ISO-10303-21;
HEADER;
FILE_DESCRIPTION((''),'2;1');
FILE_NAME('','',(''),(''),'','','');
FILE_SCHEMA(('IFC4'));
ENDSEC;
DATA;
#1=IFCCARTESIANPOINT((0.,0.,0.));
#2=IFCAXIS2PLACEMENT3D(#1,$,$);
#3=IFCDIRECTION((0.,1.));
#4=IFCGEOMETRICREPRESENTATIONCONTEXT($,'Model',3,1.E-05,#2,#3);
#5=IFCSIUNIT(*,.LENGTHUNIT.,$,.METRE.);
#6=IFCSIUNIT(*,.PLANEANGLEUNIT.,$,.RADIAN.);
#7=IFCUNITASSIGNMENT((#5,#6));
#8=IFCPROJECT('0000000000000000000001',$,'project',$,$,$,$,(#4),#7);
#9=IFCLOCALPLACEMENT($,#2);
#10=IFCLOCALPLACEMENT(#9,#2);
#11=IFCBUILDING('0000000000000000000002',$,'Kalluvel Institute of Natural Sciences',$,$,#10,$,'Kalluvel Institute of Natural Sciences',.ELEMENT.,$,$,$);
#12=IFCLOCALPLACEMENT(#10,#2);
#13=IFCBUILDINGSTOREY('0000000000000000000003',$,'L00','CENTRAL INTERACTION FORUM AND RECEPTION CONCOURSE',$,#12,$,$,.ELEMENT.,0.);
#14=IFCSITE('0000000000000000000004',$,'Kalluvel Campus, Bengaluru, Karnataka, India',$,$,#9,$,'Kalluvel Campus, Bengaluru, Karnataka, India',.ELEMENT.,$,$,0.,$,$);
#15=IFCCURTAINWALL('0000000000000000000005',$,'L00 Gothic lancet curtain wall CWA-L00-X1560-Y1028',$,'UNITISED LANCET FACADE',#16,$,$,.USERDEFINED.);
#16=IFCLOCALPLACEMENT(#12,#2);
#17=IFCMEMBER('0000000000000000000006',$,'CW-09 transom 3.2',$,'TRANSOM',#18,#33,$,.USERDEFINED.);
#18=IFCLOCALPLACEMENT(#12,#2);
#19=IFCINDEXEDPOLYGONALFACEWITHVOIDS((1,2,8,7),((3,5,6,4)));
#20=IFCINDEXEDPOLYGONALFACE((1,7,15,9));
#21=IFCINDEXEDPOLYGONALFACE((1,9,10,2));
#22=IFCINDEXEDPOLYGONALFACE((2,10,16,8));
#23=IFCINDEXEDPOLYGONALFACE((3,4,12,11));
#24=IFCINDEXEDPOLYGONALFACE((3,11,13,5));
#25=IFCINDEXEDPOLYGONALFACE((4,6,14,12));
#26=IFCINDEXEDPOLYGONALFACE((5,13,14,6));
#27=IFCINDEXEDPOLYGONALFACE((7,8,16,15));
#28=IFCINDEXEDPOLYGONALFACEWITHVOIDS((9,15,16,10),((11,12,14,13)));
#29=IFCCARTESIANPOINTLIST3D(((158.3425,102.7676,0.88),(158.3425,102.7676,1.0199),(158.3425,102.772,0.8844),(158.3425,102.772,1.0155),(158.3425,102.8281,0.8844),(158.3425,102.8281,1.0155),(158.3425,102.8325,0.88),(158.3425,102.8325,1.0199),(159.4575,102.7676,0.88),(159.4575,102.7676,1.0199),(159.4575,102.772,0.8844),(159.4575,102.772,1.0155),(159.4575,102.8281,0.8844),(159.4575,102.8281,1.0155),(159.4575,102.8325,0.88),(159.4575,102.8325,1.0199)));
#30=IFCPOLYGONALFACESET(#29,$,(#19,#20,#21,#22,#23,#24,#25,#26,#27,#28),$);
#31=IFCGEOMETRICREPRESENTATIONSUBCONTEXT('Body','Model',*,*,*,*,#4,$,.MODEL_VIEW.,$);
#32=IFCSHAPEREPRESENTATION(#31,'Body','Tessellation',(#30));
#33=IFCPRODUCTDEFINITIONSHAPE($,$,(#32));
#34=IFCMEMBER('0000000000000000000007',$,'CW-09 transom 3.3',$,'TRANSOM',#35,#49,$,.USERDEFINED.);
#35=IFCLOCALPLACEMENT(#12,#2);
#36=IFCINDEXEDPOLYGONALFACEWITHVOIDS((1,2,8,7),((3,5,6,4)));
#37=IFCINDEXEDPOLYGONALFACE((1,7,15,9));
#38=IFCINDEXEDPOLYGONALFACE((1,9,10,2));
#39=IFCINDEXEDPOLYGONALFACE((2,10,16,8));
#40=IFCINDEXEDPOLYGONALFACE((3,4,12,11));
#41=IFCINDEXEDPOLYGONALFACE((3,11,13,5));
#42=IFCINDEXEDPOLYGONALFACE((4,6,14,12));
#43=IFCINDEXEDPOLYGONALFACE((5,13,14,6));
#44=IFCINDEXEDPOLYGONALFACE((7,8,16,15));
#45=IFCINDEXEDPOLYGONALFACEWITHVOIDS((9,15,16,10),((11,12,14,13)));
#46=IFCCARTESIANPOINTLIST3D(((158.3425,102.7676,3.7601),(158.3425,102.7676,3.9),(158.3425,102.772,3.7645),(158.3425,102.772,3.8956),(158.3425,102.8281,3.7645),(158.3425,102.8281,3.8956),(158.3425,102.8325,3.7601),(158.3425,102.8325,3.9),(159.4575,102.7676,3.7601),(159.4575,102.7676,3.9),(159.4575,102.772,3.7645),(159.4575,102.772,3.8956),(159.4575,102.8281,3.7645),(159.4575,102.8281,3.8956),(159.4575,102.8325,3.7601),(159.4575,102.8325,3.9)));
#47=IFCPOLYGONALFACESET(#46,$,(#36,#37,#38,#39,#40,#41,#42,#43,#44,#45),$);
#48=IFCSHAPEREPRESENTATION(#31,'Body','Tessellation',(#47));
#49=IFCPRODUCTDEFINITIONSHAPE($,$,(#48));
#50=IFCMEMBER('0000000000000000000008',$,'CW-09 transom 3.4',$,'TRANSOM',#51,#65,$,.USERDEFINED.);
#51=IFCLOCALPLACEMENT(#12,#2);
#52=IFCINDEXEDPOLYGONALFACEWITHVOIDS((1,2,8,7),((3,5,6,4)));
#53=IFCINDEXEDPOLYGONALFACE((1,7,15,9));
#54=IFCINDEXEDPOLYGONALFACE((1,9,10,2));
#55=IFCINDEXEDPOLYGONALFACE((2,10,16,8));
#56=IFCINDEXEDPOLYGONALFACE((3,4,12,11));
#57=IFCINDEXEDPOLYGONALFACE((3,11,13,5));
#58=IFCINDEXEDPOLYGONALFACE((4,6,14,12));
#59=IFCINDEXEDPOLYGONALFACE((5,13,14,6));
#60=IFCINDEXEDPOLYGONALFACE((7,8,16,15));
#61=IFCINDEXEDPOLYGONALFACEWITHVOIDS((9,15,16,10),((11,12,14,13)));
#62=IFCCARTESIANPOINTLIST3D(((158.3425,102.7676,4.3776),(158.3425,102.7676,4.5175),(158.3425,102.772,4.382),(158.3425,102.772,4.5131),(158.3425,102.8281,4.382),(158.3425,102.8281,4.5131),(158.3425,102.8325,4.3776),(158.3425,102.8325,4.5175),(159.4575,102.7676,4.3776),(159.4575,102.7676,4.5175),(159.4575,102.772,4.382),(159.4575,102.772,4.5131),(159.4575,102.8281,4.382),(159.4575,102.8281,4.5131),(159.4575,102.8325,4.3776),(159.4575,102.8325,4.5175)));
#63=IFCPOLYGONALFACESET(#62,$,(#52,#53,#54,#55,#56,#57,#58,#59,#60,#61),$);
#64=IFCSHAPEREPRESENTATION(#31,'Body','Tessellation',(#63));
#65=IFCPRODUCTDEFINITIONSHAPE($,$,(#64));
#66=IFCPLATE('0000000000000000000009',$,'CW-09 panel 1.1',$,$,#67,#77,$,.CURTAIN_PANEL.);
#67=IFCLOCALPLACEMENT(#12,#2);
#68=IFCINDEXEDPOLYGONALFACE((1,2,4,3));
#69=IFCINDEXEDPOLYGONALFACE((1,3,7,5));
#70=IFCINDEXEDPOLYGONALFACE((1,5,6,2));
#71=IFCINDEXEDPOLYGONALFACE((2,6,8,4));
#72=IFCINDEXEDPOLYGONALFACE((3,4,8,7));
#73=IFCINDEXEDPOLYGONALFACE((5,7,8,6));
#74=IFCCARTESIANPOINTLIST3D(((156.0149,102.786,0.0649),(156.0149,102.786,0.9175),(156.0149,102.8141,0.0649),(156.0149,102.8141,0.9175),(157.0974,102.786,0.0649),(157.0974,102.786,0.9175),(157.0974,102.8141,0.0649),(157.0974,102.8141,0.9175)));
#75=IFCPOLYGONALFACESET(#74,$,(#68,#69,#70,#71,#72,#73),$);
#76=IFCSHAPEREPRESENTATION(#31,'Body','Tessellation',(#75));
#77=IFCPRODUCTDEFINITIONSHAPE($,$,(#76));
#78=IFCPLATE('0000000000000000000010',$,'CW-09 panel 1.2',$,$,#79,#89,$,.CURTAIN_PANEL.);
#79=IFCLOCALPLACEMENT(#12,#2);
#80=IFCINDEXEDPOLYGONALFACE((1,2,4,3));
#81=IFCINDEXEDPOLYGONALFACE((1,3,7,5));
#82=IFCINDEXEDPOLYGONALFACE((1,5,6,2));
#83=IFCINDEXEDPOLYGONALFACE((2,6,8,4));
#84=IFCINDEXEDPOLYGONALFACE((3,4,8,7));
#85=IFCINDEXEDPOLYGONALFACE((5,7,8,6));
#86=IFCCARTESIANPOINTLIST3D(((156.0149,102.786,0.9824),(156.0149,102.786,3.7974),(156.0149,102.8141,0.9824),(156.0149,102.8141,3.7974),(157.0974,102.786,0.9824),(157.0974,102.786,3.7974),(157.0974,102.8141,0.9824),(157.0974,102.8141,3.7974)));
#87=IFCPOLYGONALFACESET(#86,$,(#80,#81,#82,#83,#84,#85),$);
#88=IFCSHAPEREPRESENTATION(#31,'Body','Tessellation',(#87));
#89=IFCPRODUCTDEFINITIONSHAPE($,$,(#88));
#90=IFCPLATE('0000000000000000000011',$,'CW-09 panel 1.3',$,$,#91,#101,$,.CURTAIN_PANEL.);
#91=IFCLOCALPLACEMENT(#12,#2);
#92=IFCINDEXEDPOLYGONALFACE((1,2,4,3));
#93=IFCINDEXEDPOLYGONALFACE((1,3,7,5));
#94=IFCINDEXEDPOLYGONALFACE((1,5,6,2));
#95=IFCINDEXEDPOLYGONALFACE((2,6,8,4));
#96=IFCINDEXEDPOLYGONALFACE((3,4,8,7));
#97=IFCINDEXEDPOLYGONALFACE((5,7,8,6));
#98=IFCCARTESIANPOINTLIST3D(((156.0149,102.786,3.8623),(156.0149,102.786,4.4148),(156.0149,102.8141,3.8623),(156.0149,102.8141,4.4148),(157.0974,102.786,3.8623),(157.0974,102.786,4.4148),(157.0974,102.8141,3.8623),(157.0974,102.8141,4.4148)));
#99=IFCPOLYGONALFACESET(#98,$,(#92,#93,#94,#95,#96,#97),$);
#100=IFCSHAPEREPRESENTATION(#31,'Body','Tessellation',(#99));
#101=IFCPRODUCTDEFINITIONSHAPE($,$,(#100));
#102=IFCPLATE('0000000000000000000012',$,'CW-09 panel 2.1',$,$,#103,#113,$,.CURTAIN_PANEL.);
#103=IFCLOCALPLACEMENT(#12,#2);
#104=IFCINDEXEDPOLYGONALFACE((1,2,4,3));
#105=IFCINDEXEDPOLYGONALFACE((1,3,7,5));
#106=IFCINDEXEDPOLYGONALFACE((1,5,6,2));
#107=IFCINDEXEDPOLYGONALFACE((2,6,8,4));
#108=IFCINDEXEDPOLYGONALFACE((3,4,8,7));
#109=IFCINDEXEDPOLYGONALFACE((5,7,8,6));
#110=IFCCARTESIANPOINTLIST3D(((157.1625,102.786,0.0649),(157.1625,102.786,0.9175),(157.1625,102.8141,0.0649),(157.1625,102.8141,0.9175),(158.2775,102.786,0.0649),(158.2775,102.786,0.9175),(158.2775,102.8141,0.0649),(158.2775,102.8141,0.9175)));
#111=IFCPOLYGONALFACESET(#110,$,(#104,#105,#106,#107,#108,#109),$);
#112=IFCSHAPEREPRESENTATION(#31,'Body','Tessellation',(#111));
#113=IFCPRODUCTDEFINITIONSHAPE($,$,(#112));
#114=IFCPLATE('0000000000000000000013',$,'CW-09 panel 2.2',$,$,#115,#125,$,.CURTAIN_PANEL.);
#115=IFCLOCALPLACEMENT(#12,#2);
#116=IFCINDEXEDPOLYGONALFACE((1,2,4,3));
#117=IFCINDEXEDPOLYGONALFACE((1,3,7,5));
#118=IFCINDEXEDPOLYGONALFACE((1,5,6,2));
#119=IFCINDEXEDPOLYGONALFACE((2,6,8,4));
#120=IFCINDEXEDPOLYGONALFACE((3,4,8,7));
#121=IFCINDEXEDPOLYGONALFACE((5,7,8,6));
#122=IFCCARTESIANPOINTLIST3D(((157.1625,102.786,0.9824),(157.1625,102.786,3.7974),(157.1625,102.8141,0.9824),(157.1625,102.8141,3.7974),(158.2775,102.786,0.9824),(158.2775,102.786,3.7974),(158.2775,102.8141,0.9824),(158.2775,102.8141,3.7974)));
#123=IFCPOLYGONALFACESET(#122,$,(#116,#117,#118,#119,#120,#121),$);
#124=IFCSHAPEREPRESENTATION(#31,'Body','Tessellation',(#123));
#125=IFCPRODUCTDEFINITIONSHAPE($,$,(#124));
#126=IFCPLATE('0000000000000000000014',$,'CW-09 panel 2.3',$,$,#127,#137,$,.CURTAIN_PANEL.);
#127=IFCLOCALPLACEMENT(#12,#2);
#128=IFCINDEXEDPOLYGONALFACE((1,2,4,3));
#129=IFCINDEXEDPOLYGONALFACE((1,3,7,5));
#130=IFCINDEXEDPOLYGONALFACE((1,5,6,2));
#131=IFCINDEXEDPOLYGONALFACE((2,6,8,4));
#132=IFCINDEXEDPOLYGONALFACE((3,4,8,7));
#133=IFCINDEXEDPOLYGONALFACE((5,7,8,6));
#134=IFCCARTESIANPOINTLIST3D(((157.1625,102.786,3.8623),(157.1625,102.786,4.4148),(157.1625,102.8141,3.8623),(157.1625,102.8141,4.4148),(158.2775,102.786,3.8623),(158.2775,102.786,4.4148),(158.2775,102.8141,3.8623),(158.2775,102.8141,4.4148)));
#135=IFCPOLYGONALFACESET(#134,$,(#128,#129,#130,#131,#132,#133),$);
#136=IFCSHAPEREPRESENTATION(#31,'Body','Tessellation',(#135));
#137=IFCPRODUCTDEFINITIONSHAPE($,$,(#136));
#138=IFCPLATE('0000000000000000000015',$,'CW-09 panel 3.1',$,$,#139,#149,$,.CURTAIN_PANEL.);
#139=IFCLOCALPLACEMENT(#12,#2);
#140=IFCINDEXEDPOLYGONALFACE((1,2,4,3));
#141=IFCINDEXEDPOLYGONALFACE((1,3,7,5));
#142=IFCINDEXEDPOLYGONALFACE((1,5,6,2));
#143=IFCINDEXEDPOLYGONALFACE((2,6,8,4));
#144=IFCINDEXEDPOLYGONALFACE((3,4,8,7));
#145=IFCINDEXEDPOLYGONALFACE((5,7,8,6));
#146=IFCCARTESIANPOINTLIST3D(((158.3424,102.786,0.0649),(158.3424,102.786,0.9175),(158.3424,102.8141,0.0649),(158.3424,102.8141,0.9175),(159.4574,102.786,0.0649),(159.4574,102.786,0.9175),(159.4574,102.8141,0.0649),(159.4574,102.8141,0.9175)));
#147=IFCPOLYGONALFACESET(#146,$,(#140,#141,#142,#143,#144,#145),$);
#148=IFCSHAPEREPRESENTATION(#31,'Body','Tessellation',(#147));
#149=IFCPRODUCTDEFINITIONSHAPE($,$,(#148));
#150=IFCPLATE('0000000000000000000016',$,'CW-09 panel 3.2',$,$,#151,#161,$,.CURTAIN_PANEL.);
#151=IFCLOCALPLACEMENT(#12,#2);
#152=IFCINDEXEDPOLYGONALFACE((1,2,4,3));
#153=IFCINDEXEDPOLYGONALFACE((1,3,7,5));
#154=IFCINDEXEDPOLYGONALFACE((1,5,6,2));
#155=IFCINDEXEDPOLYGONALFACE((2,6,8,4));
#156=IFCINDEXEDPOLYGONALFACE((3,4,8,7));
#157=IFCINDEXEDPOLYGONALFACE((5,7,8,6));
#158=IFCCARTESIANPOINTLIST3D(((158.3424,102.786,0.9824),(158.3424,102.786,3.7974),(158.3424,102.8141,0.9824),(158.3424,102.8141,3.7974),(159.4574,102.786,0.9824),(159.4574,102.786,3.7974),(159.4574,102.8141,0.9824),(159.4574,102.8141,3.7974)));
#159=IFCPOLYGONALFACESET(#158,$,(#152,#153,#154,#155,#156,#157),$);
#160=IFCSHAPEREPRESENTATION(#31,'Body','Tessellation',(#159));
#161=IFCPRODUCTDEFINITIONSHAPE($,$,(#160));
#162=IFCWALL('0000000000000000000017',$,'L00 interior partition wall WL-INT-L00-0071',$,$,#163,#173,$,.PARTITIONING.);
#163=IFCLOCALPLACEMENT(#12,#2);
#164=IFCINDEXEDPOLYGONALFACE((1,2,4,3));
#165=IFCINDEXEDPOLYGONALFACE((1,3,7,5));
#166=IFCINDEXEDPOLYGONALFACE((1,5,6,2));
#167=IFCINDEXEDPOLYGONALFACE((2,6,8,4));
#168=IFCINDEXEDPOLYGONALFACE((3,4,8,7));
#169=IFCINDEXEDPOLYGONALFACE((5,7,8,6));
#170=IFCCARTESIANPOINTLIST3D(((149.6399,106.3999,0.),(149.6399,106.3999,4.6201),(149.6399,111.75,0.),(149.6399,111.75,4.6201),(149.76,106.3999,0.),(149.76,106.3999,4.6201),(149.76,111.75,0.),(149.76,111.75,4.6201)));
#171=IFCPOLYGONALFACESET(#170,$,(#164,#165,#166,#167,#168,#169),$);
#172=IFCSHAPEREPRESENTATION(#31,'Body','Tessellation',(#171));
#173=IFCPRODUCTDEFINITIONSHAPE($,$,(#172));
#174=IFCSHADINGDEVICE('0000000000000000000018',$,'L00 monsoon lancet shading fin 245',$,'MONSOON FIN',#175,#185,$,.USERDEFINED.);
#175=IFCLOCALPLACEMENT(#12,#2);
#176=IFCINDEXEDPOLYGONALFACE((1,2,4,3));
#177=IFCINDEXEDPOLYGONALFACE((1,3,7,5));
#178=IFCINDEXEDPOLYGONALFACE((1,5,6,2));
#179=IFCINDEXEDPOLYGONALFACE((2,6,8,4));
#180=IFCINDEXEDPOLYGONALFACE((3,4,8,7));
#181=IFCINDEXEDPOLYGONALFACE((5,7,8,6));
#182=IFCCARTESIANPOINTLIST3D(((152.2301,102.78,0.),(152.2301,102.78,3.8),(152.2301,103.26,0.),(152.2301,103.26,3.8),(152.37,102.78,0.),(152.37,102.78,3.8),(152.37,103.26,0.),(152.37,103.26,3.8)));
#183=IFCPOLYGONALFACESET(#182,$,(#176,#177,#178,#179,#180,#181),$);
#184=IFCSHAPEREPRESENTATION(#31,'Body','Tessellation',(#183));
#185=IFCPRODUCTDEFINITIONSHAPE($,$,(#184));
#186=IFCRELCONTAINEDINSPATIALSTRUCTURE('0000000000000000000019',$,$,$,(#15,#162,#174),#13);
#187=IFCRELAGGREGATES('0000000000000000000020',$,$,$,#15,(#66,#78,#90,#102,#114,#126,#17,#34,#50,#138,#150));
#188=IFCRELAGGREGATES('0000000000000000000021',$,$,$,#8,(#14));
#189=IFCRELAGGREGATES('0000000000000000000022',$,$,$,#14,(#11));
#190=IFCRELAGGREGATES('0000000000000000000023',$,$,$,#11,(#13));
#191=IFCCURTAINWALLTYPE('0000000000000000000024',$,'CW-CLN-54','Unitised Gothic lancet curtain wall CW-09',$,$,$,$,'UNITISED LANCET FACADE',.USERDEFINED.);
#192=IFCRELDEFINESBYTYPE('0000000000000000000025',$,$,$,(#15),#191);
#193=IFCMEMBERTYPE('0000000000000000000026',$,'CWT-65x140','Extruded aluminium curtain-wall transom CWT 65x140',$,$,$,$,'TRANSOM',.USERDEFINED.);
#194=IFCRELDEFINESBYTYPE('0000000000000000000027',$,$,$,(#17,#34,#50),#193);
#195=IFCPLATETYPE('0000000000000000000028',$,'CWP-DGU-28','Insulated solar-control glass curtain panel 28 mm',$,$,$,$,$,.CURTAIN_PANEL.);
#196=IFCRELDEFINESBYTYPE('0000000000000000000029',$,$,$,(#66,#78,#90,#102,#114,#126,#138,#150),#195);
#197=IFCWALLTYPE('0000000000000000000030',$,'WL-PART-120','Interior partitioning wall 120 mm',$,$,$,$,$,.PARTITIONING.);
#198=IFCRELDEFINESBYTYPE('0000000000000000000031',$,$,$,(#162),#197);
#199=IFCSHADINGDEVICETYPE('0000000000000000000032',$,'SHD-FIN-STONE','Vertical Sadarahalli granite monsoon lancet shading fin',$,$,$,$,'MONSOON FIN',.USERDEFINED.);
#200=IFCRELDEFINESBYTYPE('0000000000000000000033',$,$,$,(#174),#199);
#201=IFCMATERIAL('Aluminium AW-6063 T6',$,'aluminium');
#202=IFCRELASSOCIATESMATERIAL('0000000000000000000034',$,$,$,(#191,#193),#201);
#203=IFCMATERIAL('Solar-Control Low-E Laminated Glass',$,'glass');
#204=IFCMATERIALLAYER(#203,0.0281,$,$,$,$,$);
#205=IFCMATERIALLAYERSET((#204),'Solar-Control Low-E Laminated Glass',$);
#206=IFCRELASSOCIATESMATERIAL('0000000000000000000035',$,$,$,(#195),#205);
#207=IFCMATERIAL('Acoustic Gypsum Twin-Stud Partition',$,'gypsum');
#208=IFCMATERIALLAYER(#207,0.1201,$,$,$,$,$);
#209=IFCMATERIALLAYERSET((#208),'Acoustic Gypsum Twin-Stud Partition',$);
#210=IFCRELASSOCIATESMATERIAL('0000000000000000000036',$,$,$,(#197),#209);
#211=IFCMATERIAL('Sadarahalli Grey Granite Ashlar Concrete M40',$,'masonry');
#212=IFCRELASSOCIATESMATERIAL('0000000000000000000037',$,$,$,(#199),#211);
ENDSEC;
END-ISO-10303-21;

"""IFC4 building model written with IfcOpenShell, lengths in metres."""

from ifc_helpers import new_model, si_unit, direction, frame, frame_2d, origin, origin_2d, place, context, subcontext, project, spatial, rectangle, hollow_rectangle, extrude, material, layer, layer_set, material_profile, profile_set, type_object, element, aggregate, save


model = new_model("IFC4")

# Units and contexts
model_context = context("Model", 3, precision=1e-05, world=origin(), true_north=direction((0.0, 1.0)))
body_context = subcontext(model_context, "Body", "Model", "MODEL_VIEW")
ifc_project = project(units=[si_unit("LENGTHUNIT", "METRE"), si_unit("PLANEANGLEUNIT", "RADIAN")], contexts=[model_context])

# Site, building, storey
site_placement = place(None, origin())
site = spatial("IfcSite", under=ifc_project, at=site_placement, Name="Kalluvel Campus, Bengaluru, Karnataka, India", LongName="Kalluvel Campus, Bengaluru, Karnataka, India", CompositionType="ELEMENT", RefElevation=0.0)
building_placement = place(site_placement, origin())
building = spatial("IfcBuilding", under=site, at=building_placement, Name="Kalluvel Institute of Natural Sciences", LongName="Kalluvel Institute of Natural Sciences", CompositionType="ELEMENT")
storey_placement = place(building_placement, origin())
storey = spatial("IfcBuildingStorey", under=building, at=storey_placement, Name="L00", Description="CENTRAL INTERACTION FORUM AND RECEPTION CONCOURSE", CompositionType="ELEMENT", Elevation=0.0)

# Curtain wall, members, plates
ifc_material_1 = material(Name="Aluminium AW-6063 T6", Category="aluminium")
curtain_wall_type = type_object("IfcCurtainWallType", Name="CW-CLN-54", Description="Unitised Gothic lancet curtain wall CW-09", ElementType="UNITISED LANCET FACADE", PredefinedType="USERDEFINED", material=ifc_material_1)
curtain_wall_placement = place(storey_placement, origin())
curtain_wall = element("IfcCurtainWall", 1, at=curtain_wall_placement, inside=storey, type_object=curtain_wall_type, Name="L00 Gothic lancet curtain wall CWA-L00-X1560-Y1028", ObjectType="UNITISED LANCET FACADE", PredefinedType="USERDEFINED")
ifc_material_profile_1 = material_profile(ifc_material_1, hollow_rectangle(XDim=0.0649, YDim=0.1399, WallThickness=0.0044, at=origin_2d()), Name="CWT 65x140")
ifc_profile_set_1 = profile_set([ifc_material_profile_1], Name="Aluminium AW-6063 T6")
member_type_1 = type_object("IfcMemberType", Name="CWT-65x140", Description="Extruded aluminium curtain-wall transom CWT 65x140", ElementType="TRANSOM", PredefinedType="USERDEFINED", material=ifc_profile_set_1)
member_1_placement = place(storey_placement, frame((158.3425, 102.8, 0.95), z_axis=(1.0, 0.0, 0.0), x_axis=(0.0, 1.0, 0.0)))
member_1 = element("IfcMember", 2, at=member_1_placement, type_object=member_type_1, Name="CW-09 transom 3.2", ObjectType="TRANSOM", PredefinedType="USERDEFINED", context=body_context, shape_type="SweptSolid", body=[
    extrude(hollow_rectangle(XDim=0.0649, YDim=0.1399, WallThickness=0.0044, at=origin_2d()), origin(), (0.0, 0.0, 1.0), 1.115),
])
member_2_placement = place(storey_placement, frame((158.3425, 102.8, 3.8301), z_axis=(1.0, 0.0, 0.0), x_axis=(0.0, 1.0, 0.0)))
member_2 = element("IfcMember", 3, at=member_2_placement, type_object=member_type_1, Name="CW-09 transom 3.3", ObjectType="TRANSOM", PredefinedType="USERDEFINED", context=body_context, shape_type="SweptSolid", body=[
    extrude(hollow_rectangle(XDim=0.0649, YDim=0.1399, WallThickness=0.0044, at=origin_2d()), origin(), (0.0, 0.0, 1.0), 1.115),
])
member_3_placement = place(storey_placement, frame((158.3425, 102.8, 4.4475), z_axis=(1.0, 0.0, 0.0), x_axis=(0.0, 1.0, 0.0)))
member_3 = element("IfcMember", 4, at=member_3_placement, type_object=member_type_1, Name="CW-09 transom 3.4", ObjectType="TRANSOM", PredefinedType="USERDEFINED", context=body_context, shape_type="SweptSolid", body=[
    extrude(hollow_rectangle(XDim=0.0649, YDim=0.1399, WallThickness=0.0044, at=origin_2d()), origin(), (0.0, 0.0, 1.0), 1.115),
])
ifc_material_2 = material(Name="Solar-Control Low-E Laminated Glass", Category="glass")
ifc_layer_1 = layer(ifc_material_2, 0.0281)
ifc_layer_set_1 = layer_set([ifc_layer_1], Name="Solar-Control Low-E Laminated Glass")
plate_type = type_object("IfcPlateType", Name="CWP-DGU-28", Description="Insulated solar-control glass curtain panel 28 mm", PredefinedType="CURTAIN_PANEL", material=ifc_layer_set_1)
plate_1_placement = place(storey_placement, frame((156.5562, 102.8, 0.0649), z_axis=(0.0, 0.0, 1.0), x_axis=(1.0, 0.0, 0.0)))
plate_1 = element("IfcPlate", 5, at=plate_1_placement, type_object=plate_type, Name="CW-09 panel 1.1", PredefinedType="CURTAIN_PANEL", context=body_context, shape_type="SweptSolid", body=[
    extrude(rectangle(XDim=1.0825, YDim=0.0281, at=origin_2d()), origin(), (0.0, 0.0, 1.0), 0.8525),
])
plate_2_placement = place(storey_placement, frame((156.5562, 102.8, 0.9824), z_axis=(0.0, 0.0, 1.0), x_axis=(1.0, 0.0, 0.0)))
plate_2 = element("IfcPlate", 6, at=plate_2_placement, type_object=plate_type, Name="CW-09 panel 1.2", PredefinedType="CURTAIN_PANEL", context=body_context, shape_type="SweptSolid", body=[
    extrude(rectangle(XDim=1.0825, YDim=0.0281, at=origin_2d()), origin(), (0.0, 0.0, 1.0), 2.8149),
])
plate_3_placement = place(storey_placement, frame((156.5562, 102.8, 3.8623), z_axis=(0.0, 0.0, 1.0), x_axis=(1.0, 0.0, 0.0)))
plate_3 = element("IfcPlate", 7, at=plate_3_placement, type_object=plate_type, Name="CW-09 panel 1.3", PredefinedType="CURTAIN_PANEL", context=body_context, shape_type="SweptSolid", body=[
    extrude(rectangle(XDim=1.0825, YDim=0.0281, at=origin_2d()), origin(), (0.0, 0.0, 1.0), 0.5525),
])
plate_4_placement = place(storey_placement, frame((157.72, 102.8, 0.0649), z_axis=(0.0, 0.0, 1.0), x_axis=(1.0, 0.0, 0.0)))
plate_4 = element("IfcPlate", 8, at=plate_4_placement, type_object=plate_type, Name="CW-09 panel 2.1", PredefinedType="CURTAIN_PANEL", context=body_context, shape_type="SweptSolid", body=[
    extrude(rectangle(XDim=1.115, YDim=0.0281, at=origin_2d()), origin(), (0.0, 0.0, 1.0), 0.8525),
])
plate_5_placement = place(storey_placement, frame((157.72, 102.8, 0.9824), z_axis=(0.0, 0.0, 1.0), x_axis=(1.0, 0.0, 0.0)))
plate_5 = element("IfcPlate", 9, at=plate_5_placement, type_object=plate_type, Name="CW-09 panel 2.2", PredefinedType="CURTAIN_PANEL", context=body_context, shape_type="SweptSolid", body=[
    extrude(rectangle(XDim=1.115, YDim=0.0281, at=origin_2d()), origin(), (0.0, 0.0, 1.0), 2.8149),
])
plate_6_placement = place(storey_placement, frame((157.72, 102.8, 3.8623), z_axis=(0.0, 0.0, 1.0), x_axis=(1.0, 0.0, 0.0)))
plate_6 = element("IfcPlate", 10, at=plate_6_placement, type_object=plate_type, Name="CW-09 panel 2.3", PredefinedType="CURTAIN_PANEL", context=body_context, shape_type="SweptSolid", body=[
    extrude(rectangle(XDim=1.115, YDim=0.0281, at=origin_2d()), origin(), (0.0, 0.0, 1.0), 0.5525),
])
plate_7_placement = place(storey_placement, frame((158.8999, 102.8, 0.0649), z_axis=(0.0, 0.0, 1.0), x_axis=(1.0, 0.0, 0.0)))
plate_7 = element("IfcPlate", 11, at=plate_7_placement, type_object=plate_type, Name="CW-09 panel 3.1", PredefinedType="CURTAIN_PANEL", context=body_context, shape_type="SweptSolid", body=[
    extrude(rectangle(XDim=1.115, YDim=0.0281, at=origin_2d()), origin(), (0.0, 0.0, 1.0), 0.8525),
])
plate_8_placement = place(storey_placement, frame((158.8999, 102.8, 0.9824), z_axis=(0.0, 0.0, 1.0), x_axis=(1.0, 0.0, 0.0)))
plate_8 = element("IfcPlate", 12, at=plate_8_placement, type_object=plate_type, Name="CW-09 panel 3.2", PredefinedType="CURTAIN_PANEL", context=body_context, shape_type="SweptSolid", body=[
    extrude(rectangle(XDim=1.115, YDim=0.0281, at=origin_2d()), origin(), (0.0, 0.0, 1.0), 2.8149),
])
aggregate(curtain_wall, [plate_1, plate_2, plate_3, plate_4, plate_5, plate_6, member_1, member_2, member_3, plate_7, plate_8])

# Wall
ifc_material_3 = material(Name="Acoustic Gypsum Twin-Stud Partition", Category="gypsum")
ifc_layer_2 = layer(ifc_material_3, 0.1201)
ifc_layer_set_2 = layer_set([ifc_layer_2], Name="Acoustic Gypsum Twin-Stud Partition")
wall_type = type_object("IfcWallType", Name="WL-PART-120", Description="Interior partitioning wall 120 mm", PredefinedType="PARTITIONING", material=ifc_layer_set_2)
wall_placement = place(storey_placement, frame((149.7, 106.3999, 0.0), z_axis=(0.0, 0.0, 1.0), x_axis=(0.0, 1.0, 0.0)))
element("IfcWall", 13, at=wall_placement, inside=storey, type_object=wall_type, Name="L00 interior partition wall WL-INT-L00-0071", PredefinedType="PARTITIONING", context=body_context, shape_type="SweptSolid", body=[
    extrude(rectangle(XDim=5.3501, YDim=0.1201, at=frame_2d((2.675, 0.0))), origin(), (0.0, 0.0, 1.0), 4.6201),
])

# Shading device
ifc_material_4 = material(Name="Sadarahalli Grey Granite Ashlar Concrete M40", Category="masonry")
shading_device_type = type_object("IfcShadingDeviceType", Name="SHD-FIN-STONE", Description="Vertical Sadarahalli granite monsoon lancet shading fin", ElementType="MONSOON FIN", PredefinedType="USERDEFINED", material=ifc_material_4)
shading_device_placement = place(storey_placement, frame((152.3, 103.02, 0.0), z_axis=(0.0, 0.0, 1.0), x_axis=(1.0, 0.0, 0.0)))
element("IfcShadingDevice", 14, at=shading_device_placement, inside=storey, type_object=shading_device_type, Name="L00 monsoon lancet shading fin 245", ObjectType="MONSOON FIN", PredefinedType="USERDEFINED", context=body_context, shape_type="SweptSolid", body=[
    extrude(rectangle(XDim=0.1399, YDim=0.48, at=origin_2d()), origin(), (0.0, 0.0, 1.0), 3.8),
])

save(model, "model.ifc")
